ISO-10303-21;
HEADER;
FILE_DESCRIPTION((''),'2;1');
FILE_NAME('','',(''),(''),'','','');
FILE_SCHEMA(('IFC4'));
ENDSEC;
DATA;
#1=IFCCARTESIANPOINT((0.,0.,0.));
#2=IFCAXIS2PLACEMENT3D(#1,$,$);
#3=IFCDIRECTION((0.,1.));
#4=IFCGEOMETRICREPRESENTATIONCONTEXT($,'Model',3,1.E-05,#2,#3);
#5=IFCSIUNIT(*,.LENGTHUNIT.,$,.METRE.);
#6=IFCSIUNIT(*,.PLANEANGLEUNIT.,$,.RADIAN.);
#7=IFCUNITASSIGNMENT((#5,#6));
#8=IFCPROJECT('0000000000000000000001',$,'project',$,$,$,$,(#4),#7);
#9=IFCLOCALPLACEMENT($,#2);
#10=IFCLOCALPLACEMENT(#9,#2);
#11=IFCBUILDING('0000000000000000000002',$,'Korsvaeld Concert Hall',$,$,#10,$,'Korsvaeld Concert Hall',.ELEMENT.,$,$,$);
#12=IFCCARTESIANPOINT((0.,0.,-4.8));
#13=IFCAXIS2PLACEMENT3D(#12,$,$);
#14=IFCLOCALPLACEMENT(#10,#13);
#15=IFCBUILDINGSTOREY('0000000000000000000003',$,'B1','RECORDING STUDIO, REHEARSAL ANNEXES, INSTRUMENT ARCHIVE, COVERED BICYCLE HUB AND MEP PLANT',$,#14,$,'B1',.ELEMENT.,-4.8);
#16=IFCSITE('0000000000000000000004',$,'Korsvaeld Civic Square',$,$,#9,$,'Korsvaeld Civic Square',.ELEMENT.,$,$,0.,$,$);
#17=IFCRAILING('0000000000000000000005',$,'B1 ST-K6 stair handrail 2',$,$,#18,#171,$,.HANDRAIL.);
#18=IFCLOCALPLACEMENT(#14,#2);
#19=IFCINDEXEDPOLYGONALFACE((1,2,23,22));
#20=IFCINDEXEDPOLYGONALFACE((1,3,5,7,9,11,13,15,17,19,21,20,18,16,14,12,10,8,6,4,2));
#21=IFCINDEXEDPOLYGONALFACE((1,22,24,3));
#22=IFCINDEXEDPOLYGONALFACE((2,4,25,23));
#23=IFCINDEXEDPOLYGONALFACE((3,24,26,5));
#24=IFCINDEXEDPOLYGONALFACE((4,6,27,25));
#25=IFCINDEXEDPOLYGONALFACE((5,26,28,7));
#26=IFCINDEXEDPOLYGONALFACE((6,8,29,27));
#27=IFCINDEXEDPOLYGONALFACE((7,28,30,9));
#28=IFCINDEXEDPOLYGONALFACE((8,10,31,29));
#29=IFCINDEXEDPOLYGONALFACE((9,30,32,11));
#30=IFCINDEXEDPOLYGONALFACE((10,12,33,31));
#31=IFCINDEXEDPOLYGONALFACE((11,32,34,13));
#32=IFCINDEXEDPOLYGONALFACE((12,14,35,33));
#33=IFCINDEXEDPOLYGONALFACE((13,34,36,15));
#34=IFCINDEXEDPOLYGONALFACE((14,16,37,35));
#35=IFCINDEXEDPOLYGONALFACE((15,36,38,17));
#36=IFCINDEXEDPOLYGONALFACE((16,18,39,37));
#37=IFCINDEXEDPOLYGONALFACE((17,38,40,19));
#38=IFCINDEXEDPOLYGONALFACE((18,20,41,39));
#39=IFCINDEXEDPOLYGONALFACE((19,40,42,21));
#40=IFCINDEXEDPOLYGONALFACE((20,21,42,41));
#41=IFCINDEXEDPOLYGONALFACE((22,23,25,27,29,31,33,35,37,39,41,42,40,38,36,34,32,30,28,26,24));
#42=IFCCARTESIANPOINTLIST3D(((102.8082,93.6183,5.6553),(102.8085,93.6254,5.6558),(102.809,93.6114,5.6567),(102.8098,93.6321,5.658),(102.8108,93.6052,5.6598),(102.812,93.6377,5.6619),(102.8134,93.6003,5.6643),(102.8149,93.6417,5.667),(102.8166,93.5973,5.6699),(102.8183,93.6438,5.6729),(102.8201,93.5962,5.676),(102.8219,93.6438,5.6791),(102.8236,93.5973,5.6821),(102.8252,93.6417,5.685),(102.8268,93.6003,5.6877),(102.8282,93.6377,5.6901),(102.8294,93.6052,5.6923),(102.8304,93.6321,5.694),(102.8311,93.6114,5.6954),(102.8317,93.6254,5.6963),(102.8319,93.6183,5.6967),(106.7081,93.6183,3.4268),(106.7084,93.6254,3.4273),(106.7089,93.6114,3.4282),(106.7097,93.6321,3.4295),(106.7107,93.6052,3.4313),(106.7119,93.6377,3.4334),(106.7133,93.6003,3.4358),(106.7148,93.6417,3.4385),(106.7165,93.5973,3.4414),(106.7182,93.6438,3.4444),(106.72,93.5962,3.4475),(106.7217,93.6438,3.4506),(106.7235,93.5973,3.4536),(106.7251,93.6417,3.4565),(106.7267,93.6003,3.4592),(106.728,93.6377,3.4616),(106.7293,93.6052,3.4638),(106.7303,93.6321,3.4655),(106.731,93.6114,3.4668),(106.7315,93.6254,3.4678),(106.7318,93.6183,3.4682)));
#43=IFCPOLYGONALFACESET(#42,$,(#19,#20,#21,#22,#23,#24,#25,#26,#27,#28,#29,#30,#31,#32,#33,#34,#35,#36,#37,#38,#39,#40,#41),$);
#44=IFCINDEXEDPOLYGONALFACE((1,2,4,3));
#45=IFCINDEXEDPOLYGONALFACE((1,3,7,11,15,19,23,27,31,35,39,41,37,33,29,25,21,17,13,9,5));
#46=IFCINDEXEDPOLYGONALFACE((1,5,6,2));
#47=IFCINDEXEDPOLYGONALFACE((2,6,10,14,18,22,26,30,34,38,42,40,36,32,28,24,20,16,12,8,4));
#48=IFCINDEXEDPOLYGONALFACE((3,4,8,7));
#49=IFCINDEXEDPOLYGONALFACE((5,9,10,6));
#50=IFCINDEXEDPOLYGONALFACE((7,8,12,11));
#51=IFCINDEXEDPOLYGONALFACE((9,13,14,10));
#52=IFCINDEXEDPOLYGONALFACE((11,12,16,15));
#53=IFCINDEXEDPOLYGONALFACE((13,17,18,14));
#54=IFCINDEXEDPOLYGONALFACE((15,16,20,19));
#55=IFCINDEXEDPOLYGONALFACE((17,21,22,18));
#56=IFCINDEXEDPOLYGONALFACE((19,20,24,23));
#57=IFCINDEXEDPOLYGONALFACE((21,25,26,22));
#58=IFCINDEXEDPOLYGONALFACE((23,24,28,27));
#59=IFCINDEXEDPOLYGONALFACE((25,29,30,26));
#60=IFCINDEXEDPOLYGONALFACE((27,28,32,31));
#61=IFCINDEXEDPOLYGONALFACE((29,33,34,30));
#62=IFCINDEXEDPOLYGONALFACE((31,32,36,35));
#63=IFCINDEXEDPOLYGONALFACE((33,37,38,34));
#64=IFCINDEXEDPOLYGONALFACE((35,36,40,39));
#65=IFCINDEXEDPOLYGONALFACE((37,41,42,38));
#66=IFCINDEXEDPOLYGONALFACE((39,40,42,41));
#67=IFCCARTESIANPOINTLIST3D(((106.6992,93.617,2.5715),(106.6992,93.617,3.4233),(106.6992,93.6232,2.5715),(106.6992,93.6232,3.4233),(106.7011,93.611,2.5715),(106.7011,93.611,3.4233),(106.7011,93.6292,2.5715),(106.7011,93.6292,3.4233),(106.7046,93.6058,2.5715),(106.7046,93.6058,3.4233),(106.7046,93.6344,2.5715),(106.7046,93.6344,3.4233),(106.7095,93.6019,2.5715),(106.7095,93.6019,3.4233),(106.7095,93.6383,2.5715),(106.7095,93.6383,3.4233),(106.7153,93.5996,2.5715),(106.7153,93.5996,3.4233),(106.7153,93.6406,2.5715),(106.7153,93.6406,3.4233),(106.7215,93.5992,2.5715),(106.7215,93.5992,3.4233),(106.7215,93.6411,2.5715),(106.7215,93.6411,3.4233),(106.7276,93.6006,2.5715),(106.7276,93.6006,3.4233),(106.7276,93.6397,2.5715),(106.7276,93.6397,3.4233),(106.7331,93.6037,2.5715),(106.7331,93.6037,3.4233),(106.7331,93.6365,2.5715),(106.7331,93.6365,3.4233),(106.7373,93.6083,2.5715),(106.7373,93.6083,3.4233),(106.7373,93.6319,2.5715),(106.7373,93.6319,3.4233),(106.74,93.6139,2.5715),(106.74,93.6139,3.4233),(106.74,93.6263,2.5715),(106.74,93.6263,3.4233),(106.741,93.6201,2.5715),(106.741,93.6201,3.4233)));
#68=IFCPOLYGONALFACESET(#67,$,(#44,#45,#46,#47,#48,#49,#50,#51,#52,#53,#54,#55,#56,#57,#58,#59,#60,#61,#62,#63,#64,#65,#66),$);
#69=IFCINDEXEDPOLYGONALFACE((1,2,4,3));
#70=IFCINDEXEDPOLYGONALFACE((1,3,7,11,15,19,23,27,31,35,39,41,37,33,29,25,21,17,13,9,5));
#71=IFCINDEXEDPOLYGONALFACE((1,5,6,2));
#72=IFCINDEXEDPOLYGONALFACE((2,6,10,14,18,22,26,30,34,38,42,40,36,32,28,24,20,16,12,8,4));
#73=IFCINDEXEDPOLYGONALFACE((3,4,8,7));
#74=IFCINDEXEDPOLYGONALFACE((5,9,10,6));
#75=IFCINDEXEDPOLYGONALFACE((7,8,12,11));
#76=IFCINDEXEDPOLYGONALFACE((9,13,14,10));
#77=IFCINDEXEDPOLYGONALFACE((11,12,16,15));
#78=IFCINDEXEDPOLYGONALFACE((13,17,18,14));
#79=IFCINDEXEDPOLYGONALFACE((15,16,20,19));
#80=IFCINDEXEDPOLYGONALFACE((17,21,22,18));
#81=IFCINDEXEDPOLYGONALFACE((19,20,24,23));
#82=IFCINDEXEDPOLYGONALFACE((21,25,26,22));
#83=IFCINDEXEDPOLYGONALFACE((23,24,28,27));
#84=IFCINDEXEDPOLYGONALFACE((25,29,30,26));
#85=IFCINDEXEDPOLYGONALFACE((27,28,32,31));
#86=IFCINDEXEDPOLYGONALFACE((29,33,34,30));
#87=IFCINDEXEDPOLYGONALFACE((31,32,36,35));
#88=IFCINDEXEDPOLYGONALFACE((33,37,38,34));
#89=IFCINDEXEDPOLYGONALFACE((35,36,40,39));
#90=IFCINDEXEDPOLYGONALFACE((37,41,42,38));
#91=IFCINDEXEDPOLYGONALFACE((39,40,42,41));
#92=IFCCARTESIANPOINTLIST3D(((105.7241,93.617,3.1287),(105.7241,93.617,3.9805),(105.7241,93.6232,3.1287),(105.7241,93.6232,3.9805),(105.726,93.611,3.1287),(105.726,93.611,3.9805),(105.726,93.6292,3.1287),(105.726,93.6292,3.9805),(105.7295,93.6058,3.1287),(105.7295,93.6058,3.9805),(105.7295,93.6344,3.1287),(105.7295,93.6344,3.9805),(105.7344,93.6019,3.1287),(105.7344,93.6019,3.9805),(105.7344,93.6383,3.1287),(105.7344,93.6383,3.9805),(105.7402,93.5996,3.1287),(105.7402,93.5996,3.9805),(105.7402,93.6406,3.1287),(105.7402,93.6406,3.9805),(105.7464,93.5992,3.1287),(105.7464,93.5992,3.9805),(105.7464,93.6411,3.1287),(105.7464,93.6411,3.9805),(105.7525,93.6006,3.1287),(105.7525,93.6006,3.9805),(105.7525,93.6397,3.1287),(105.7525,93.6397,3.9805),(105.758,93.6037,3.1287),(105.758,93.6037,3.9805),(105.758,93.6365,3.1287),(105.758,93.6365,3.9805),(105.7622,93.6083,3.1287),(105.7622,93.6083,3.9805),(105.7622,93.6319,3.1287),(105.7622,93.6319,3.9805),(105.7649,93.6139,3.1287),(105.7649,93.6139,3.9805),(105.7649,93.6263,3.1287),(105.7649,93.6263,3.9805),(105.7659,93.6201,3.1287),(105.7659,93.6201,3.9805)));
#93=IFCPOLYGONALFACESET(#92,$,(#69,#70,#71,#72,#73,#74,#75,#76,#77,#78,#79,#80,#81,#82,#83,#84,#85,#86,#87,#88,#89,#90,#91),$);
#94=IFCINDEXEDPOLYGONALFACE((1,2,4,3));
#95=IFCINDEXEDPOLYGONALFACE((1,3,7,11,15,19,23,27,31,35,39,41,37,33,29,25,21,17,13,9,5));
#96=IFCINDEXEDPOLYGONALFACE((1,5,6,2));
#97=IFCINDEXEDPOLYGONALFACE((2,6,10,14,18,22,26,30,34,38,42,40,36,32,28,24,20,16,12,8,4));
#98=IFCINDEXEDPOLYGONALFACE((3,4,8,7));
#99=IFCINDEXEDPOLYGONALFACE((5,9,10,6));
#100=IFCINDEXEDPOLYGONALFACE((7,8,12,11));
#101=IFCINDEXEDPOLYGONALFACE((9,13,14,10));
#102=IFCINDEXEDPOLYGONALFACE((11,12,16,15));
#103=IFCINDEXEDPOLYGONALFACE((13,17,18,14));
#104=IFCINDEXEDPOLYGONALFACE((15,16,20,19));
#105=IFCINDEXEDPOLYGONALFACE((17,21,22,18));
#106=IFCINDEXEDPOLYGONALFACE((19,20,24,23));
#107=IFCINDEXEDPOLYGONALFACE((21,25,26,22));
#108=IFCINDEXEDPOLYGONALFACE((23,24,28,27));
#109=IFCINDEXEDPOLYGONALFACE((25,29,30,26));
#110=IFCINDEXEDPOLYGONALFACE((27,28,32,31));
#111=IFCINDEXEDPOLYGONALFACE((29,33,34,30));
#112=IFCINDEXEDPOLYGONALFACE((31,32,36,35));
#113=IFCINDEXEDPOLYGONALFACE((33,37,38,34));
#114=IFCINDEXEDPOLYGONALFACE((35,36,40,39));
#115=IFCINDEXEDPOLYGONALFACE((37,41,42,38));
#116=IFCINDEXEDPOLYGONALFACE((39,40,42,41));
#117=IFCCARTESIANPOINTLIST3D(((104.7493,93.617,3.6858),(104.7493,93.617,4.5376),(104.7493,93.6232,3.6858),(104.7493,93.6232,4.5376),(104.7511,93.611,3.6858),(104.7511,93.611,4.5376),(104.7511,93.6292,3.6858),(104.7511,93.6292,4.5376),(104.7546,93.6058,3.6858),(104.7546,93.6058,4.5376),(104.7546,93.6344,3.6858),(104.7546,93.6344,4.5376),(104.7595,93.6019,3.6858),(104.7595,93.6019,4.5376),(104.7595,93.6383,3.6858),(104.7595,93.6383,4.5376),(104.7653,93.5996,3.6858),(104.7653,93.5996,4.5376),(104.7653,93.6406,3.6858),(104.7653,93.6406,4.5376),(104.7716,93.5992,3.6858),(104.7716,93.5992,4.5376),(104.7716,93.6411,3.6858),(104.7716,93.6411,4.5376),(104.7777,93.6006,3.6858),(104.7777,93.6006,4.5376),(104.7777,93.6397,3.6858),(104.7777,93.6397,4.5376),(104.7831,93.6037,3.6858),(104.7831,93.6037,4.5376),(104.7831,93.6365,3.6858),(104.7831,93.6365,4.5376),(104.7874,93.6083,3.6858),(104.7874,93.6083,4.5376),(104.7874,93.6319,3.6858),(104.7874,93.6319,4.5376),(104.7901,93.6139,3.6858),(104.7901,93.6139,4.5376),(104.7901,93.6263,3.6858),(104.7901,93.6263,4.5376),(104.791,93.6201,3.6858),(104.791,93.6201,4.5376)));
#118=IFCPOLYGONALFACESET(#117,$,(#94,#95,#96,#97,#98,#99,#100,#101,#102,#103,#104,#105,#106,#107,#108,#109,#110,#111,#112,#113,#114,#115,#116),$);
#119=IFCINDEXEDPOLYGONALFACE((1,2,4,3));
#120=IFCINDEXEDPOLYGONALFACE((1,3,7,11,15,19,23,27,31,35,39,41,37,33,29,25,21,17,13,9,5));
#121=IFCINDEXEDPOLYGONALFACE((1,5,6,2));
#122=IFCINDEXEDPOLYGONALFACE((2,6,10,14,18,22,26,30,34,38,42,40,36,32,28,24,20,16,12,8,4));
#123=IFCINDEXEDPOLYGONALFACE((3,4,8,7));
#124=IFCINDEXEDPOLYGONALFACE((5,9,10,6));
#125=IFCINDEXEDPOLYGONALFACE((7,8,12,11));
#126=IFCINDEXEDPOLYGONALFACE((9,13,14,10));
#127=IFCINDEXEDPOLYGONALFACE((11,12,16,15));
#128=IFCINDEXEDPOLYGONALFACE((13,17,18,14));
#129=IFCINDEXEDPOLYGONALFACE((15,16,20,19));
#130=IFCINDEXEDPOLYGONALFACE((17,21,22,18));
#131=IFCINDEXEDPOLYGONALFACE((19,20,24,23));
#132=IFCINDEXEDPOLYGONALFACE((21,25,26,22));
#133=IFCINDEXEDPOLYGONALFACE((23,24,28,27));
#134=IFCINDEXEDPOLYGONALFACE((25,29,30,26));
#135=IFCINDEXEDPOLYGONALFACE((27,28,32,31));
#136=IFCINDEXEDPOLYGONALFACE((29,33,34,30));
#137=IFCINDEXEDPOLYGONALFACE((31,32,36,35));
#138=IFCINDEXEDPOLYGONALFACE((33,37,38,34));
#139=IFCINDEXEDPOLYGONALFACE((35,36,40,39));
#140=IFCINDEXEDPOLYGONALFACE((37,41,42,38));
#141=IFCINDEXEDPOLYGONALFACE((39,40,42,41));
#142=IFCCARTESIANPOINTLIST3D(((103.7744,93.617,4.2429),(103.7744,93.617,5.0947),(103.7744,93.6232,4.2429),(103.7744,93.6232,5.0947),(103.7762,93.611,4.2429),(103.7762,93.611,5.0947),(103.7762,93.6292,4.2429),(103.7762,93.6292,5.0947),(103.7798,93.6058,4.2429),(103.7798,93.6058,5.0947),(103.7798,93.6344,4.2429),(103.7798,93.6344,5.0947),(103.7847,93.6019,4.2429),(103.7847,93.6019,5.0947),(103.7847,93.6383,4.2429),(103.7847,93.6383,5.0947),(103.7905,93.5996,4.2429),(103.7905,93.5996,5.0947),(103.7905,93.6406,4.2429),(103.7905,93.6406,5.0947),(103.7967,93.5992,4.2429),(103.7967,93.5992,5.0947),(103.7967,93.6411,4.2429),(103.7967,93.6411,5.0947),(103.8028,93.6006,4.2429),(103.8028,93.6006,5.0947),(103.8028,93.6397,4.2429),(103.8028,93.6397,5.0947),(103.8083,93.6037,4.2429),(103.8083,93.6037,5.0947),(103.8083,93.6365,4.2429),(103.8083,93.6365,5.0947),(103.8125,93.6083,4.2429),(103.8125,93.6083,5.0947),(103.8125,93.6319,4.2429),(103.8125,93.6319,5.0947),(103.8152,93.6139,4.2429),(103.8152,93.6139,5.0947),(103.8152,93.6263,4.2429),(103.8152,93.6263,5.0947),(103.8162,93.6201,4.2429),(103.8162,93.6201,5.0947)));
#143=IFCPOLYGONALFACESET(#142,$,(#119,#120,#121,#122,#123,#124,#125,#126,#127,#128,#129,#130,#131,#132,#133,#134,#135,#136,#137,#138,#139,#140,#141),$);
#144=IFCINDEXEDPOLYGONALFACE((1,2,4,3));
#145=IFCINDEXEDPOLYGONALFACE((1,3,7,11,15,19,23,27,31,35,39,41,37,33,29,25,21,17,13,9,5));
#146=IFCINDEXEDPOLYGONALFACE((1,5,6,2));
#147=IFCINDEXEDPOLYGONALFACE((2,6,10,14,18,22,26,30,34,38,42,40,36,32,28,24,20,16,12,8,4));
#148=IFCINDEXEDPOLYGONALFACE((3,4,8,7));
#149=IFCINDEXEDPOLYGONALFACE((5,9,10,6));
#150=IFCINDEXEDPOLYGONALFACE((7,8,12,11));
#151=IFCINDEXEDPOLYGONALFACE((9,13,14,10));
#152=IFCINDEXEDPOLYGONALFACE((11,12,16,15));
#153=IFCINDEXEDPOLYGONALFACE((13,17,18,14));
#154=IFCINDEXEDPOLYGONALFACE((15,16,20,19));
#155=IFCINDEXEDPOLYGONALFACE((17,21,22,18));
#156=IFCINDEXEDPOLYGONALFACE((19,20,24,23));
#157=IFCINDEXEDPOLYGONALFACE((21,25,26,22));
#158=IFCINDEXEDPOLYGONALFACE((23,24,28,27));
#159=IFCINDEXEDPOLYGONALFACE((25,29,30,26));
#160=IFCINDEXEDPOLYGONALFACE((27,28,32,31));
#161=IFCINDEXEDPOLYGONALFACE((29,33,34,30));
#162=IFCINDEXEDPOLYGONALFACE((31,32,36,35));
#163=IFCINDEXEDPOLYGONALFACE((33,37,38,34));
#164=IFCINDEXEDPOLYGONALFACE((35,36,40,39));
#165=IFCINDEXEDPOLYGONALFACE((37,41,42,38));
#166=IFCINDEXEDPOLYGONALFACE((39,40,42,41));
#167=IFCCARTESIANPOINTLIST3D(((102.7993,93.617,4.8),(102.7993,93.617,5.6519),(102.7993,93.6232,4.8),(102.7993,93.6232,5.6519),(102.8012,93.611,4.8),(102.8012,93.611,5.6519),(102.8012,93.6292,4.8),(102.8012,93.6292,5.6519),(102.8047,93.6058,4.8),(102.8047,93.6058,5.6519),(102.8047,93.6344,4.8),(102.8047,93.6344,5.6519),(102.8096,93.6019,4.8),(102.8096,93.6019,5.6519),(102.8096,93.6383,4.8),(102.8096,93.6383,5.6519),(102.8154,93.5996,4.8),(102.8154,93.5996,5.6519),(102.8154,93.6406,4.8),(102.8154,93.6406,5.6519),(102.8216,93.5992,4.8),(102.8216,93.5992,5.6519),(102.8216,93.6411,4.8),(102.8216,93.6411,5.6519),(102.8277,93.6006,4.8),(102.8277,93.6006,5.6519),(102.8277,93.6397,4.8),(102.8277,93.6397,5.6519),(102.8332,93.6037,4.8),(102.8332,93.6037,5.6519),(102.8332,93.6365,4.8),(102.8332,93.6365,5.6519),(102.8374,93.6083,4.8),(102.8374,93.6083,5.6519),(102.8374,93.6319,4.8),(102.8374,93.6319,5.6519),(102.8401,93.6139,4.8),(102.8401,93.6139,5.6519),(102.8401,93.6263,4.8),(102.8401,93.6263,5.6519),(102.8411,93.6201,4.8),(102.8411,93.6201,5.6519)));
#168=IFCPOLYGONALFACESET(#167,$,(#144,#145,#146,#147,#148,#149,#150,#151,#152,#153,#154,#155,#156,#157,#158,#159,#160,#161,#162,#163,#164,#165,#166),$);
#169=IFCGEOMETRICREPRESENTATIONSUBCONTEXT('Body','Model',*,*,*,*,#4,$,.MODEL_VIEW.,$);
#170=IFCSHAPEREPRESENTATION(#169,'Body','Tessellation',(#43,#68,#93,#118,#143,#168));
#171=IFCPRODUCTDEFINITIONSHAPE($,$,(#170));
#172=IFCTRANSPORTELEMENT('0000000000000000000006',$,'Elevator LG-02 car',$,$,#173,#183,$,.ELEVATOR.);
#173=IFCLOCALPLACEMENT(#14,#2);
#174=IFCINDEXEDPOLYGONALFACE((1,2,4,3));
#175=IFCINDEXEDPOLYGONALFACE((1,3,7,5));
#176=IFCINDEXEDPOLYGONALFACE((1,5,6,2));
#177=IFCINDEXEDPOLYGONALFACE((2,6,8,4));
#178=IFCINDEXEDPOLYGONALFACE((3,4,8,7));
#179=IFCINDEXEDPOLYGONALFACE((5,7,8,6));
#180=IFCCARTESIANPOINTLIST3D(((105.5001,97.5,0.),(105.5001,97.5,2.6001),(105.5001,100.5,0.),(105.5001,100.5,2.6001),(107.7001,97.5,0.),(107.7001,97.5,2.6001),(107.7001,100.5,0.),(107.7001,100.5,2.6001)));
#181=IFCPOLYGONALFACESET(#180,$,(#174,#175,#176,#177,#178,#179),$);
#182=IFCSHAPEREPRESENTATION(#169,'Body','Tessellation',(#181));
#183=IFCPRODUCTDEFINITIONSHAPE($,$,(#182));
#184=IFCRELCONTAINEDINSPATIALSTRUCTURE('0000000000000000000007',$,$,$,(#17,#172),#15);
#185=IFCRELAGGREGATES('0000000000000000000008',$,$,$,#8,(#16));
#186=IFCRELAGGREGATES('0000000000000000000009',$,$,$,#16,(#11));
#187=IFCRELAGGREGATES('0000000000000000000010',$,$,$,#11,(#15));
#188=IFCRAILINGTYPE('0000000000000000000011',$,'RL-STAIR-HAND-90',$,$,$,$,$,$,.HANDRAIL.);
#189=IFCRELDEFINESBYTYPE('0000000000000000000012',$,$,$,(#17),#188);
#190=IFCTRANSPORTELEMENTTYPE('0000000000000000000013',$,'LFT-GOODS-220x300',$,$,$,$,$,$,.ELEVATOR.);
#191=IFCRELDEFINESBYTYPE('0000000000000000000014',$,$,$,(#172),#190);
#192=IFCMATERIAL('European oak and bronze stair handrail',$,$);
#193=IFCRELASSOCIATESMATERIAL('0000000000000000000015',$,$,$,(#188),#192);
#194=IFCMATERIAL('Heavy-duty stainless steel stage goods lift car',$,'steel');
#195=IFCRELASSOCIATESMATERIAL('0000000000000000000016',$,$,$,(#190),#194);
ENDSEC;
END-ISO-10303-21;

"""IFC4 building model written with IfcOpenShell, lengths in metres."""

from ifc_helpers import new_model, si_unit, direction, frame, origin, origin_2d, place, context, subcontext, project, spatial, rectangle, circle, extrude, material, type_object, element, save


model = new_model("IFC4")

# Units and contexts
model_context = context("Model", 3, precision=1e-05, world=origin(), true_north=direction((0.0, 1.0)))
body_context = subcontext(model_context, "Body", "Model", "MODEL_VIEW")
ifc_project = project(units=[si_unit("LENGTHUNIT", "METRE"), si_unit("PLANEANGLEUNIT", "RADIAN")], contexts=[model_context])

# Site, building, storey
site_placement = place(None, origin())
site = spatial("IfcSite", under=ifc_project, at=site_placement, Name="Korsvaeld Civic Square", LongName="Korsvaeld Civic Square", CompositionType="ELEMENT", RefElevation=0.0)
building_placement = place(site_placement, origin())
building = spatial("IfcBuilding", under=site, at=building_placement, Name="Korsvaeld Concert Hall", LongName="Korsvaeld Concert Hall", CompositionType="ELEMENT")
storey_placement = place(building_placement, frame((0.0, 0.0, -4.8)))
storey = spatial("IfcBuildingStorey", under=building, at=storey_placement, Name="B1", Description="RECORDING STUDIO, REHEARSAL ANNEXES, INSTRUMENT ARCHIVE, COVERED BICYCLE HUB AND MEP PLANT", LongName="B1", CompositionType="ELEMENT", Elevation=-4.8)

# Railing
ifc_material_1 = material(Name="European oak and bronze stair handrail")
railing_type_1 = type_object("IfcRailingType", Name="RL-STAIR-HAND-90", PredefinedType="HANDRAIL", material=ifc_material_1)
railing_1_placement = place(storey_placement, frame((106.72, 93.6201, 2.5715)))
element("IfcRailing", 1, at=railing_1_placement, inside=storey, type_object=railing_type_1, Name="B1 ST-K6 stair handrail 2", PredefinedType="HANDRAIL", context=body_context, shape_type="SweptSolid", body=[
    extrude(circle(Radius=0.0239, at=origin_2d()), frame((0.0, 0.0, 0.876), z_axis=(-0.868243, 0.0, 0.496139), x_axis=(0.0, -1.0, 0.0)), (0.0, 0.0, 1.0), 4.4917),
    extrude(circle(Radius=0.021, at=origin_2d()), origin(), (0.0, 0.0, 1.0), 0.8518),
    extrude(circle(Radius=0.021, at=origin_2d()), frame((-0.9751, 0.0, 0.5571)), (0.0, 0.0, 1.0), 0.8518),
    extrude(circle(Radius=0.021, at=origin_2d()), frame((-1.95, 0.0, 1.1143)), (0.0, 0.0, 1.0), 0.8518),
    extrude(circle(Radius=0.021, at=origin_2d()), frame((-2.9248, 0.0, 1.6714)), (0.0, 0.0, 1.0), 0.8518),
    extrude(circle(Radius=0.021, at=origin_2d()), frame((-3.8999, 0.0, 2.2285)), (0.0, 0.0, 1.0), 0.8518),
])

# Transport element
ifc_material_2 = material(Name="Heavy-duty stainless steel stage goods lift car", Category="steel")
transport_element_type = type_object("IfcTransportElementType", Name="LFT-GOODS-220x300", PredefinedType="ELEVATOR", material=ifc_material_2)
transport_element_placement = place(storey_placement, frame((106.6001, 99.0, 0.0), z_axis=(0.0, 0.0, 1.0), x_axis=(1.0, 0.0, 0.0)))
element("IfcTransportElement", 2, at=transport_element_placement, inside=storey, type_object=transport_element_type, Name="Elevator LG-02 car", PredefinedType="ELEVATOR", context=body_context, shape_type="SweptSolid", body=[
    extrude(rectangle(XDim=2.2, YDim=3.0, at=origin_2d()), origin(), (0.0, 0.0, 1.0), 2.6001),
])

save(model, "model.ifc")
